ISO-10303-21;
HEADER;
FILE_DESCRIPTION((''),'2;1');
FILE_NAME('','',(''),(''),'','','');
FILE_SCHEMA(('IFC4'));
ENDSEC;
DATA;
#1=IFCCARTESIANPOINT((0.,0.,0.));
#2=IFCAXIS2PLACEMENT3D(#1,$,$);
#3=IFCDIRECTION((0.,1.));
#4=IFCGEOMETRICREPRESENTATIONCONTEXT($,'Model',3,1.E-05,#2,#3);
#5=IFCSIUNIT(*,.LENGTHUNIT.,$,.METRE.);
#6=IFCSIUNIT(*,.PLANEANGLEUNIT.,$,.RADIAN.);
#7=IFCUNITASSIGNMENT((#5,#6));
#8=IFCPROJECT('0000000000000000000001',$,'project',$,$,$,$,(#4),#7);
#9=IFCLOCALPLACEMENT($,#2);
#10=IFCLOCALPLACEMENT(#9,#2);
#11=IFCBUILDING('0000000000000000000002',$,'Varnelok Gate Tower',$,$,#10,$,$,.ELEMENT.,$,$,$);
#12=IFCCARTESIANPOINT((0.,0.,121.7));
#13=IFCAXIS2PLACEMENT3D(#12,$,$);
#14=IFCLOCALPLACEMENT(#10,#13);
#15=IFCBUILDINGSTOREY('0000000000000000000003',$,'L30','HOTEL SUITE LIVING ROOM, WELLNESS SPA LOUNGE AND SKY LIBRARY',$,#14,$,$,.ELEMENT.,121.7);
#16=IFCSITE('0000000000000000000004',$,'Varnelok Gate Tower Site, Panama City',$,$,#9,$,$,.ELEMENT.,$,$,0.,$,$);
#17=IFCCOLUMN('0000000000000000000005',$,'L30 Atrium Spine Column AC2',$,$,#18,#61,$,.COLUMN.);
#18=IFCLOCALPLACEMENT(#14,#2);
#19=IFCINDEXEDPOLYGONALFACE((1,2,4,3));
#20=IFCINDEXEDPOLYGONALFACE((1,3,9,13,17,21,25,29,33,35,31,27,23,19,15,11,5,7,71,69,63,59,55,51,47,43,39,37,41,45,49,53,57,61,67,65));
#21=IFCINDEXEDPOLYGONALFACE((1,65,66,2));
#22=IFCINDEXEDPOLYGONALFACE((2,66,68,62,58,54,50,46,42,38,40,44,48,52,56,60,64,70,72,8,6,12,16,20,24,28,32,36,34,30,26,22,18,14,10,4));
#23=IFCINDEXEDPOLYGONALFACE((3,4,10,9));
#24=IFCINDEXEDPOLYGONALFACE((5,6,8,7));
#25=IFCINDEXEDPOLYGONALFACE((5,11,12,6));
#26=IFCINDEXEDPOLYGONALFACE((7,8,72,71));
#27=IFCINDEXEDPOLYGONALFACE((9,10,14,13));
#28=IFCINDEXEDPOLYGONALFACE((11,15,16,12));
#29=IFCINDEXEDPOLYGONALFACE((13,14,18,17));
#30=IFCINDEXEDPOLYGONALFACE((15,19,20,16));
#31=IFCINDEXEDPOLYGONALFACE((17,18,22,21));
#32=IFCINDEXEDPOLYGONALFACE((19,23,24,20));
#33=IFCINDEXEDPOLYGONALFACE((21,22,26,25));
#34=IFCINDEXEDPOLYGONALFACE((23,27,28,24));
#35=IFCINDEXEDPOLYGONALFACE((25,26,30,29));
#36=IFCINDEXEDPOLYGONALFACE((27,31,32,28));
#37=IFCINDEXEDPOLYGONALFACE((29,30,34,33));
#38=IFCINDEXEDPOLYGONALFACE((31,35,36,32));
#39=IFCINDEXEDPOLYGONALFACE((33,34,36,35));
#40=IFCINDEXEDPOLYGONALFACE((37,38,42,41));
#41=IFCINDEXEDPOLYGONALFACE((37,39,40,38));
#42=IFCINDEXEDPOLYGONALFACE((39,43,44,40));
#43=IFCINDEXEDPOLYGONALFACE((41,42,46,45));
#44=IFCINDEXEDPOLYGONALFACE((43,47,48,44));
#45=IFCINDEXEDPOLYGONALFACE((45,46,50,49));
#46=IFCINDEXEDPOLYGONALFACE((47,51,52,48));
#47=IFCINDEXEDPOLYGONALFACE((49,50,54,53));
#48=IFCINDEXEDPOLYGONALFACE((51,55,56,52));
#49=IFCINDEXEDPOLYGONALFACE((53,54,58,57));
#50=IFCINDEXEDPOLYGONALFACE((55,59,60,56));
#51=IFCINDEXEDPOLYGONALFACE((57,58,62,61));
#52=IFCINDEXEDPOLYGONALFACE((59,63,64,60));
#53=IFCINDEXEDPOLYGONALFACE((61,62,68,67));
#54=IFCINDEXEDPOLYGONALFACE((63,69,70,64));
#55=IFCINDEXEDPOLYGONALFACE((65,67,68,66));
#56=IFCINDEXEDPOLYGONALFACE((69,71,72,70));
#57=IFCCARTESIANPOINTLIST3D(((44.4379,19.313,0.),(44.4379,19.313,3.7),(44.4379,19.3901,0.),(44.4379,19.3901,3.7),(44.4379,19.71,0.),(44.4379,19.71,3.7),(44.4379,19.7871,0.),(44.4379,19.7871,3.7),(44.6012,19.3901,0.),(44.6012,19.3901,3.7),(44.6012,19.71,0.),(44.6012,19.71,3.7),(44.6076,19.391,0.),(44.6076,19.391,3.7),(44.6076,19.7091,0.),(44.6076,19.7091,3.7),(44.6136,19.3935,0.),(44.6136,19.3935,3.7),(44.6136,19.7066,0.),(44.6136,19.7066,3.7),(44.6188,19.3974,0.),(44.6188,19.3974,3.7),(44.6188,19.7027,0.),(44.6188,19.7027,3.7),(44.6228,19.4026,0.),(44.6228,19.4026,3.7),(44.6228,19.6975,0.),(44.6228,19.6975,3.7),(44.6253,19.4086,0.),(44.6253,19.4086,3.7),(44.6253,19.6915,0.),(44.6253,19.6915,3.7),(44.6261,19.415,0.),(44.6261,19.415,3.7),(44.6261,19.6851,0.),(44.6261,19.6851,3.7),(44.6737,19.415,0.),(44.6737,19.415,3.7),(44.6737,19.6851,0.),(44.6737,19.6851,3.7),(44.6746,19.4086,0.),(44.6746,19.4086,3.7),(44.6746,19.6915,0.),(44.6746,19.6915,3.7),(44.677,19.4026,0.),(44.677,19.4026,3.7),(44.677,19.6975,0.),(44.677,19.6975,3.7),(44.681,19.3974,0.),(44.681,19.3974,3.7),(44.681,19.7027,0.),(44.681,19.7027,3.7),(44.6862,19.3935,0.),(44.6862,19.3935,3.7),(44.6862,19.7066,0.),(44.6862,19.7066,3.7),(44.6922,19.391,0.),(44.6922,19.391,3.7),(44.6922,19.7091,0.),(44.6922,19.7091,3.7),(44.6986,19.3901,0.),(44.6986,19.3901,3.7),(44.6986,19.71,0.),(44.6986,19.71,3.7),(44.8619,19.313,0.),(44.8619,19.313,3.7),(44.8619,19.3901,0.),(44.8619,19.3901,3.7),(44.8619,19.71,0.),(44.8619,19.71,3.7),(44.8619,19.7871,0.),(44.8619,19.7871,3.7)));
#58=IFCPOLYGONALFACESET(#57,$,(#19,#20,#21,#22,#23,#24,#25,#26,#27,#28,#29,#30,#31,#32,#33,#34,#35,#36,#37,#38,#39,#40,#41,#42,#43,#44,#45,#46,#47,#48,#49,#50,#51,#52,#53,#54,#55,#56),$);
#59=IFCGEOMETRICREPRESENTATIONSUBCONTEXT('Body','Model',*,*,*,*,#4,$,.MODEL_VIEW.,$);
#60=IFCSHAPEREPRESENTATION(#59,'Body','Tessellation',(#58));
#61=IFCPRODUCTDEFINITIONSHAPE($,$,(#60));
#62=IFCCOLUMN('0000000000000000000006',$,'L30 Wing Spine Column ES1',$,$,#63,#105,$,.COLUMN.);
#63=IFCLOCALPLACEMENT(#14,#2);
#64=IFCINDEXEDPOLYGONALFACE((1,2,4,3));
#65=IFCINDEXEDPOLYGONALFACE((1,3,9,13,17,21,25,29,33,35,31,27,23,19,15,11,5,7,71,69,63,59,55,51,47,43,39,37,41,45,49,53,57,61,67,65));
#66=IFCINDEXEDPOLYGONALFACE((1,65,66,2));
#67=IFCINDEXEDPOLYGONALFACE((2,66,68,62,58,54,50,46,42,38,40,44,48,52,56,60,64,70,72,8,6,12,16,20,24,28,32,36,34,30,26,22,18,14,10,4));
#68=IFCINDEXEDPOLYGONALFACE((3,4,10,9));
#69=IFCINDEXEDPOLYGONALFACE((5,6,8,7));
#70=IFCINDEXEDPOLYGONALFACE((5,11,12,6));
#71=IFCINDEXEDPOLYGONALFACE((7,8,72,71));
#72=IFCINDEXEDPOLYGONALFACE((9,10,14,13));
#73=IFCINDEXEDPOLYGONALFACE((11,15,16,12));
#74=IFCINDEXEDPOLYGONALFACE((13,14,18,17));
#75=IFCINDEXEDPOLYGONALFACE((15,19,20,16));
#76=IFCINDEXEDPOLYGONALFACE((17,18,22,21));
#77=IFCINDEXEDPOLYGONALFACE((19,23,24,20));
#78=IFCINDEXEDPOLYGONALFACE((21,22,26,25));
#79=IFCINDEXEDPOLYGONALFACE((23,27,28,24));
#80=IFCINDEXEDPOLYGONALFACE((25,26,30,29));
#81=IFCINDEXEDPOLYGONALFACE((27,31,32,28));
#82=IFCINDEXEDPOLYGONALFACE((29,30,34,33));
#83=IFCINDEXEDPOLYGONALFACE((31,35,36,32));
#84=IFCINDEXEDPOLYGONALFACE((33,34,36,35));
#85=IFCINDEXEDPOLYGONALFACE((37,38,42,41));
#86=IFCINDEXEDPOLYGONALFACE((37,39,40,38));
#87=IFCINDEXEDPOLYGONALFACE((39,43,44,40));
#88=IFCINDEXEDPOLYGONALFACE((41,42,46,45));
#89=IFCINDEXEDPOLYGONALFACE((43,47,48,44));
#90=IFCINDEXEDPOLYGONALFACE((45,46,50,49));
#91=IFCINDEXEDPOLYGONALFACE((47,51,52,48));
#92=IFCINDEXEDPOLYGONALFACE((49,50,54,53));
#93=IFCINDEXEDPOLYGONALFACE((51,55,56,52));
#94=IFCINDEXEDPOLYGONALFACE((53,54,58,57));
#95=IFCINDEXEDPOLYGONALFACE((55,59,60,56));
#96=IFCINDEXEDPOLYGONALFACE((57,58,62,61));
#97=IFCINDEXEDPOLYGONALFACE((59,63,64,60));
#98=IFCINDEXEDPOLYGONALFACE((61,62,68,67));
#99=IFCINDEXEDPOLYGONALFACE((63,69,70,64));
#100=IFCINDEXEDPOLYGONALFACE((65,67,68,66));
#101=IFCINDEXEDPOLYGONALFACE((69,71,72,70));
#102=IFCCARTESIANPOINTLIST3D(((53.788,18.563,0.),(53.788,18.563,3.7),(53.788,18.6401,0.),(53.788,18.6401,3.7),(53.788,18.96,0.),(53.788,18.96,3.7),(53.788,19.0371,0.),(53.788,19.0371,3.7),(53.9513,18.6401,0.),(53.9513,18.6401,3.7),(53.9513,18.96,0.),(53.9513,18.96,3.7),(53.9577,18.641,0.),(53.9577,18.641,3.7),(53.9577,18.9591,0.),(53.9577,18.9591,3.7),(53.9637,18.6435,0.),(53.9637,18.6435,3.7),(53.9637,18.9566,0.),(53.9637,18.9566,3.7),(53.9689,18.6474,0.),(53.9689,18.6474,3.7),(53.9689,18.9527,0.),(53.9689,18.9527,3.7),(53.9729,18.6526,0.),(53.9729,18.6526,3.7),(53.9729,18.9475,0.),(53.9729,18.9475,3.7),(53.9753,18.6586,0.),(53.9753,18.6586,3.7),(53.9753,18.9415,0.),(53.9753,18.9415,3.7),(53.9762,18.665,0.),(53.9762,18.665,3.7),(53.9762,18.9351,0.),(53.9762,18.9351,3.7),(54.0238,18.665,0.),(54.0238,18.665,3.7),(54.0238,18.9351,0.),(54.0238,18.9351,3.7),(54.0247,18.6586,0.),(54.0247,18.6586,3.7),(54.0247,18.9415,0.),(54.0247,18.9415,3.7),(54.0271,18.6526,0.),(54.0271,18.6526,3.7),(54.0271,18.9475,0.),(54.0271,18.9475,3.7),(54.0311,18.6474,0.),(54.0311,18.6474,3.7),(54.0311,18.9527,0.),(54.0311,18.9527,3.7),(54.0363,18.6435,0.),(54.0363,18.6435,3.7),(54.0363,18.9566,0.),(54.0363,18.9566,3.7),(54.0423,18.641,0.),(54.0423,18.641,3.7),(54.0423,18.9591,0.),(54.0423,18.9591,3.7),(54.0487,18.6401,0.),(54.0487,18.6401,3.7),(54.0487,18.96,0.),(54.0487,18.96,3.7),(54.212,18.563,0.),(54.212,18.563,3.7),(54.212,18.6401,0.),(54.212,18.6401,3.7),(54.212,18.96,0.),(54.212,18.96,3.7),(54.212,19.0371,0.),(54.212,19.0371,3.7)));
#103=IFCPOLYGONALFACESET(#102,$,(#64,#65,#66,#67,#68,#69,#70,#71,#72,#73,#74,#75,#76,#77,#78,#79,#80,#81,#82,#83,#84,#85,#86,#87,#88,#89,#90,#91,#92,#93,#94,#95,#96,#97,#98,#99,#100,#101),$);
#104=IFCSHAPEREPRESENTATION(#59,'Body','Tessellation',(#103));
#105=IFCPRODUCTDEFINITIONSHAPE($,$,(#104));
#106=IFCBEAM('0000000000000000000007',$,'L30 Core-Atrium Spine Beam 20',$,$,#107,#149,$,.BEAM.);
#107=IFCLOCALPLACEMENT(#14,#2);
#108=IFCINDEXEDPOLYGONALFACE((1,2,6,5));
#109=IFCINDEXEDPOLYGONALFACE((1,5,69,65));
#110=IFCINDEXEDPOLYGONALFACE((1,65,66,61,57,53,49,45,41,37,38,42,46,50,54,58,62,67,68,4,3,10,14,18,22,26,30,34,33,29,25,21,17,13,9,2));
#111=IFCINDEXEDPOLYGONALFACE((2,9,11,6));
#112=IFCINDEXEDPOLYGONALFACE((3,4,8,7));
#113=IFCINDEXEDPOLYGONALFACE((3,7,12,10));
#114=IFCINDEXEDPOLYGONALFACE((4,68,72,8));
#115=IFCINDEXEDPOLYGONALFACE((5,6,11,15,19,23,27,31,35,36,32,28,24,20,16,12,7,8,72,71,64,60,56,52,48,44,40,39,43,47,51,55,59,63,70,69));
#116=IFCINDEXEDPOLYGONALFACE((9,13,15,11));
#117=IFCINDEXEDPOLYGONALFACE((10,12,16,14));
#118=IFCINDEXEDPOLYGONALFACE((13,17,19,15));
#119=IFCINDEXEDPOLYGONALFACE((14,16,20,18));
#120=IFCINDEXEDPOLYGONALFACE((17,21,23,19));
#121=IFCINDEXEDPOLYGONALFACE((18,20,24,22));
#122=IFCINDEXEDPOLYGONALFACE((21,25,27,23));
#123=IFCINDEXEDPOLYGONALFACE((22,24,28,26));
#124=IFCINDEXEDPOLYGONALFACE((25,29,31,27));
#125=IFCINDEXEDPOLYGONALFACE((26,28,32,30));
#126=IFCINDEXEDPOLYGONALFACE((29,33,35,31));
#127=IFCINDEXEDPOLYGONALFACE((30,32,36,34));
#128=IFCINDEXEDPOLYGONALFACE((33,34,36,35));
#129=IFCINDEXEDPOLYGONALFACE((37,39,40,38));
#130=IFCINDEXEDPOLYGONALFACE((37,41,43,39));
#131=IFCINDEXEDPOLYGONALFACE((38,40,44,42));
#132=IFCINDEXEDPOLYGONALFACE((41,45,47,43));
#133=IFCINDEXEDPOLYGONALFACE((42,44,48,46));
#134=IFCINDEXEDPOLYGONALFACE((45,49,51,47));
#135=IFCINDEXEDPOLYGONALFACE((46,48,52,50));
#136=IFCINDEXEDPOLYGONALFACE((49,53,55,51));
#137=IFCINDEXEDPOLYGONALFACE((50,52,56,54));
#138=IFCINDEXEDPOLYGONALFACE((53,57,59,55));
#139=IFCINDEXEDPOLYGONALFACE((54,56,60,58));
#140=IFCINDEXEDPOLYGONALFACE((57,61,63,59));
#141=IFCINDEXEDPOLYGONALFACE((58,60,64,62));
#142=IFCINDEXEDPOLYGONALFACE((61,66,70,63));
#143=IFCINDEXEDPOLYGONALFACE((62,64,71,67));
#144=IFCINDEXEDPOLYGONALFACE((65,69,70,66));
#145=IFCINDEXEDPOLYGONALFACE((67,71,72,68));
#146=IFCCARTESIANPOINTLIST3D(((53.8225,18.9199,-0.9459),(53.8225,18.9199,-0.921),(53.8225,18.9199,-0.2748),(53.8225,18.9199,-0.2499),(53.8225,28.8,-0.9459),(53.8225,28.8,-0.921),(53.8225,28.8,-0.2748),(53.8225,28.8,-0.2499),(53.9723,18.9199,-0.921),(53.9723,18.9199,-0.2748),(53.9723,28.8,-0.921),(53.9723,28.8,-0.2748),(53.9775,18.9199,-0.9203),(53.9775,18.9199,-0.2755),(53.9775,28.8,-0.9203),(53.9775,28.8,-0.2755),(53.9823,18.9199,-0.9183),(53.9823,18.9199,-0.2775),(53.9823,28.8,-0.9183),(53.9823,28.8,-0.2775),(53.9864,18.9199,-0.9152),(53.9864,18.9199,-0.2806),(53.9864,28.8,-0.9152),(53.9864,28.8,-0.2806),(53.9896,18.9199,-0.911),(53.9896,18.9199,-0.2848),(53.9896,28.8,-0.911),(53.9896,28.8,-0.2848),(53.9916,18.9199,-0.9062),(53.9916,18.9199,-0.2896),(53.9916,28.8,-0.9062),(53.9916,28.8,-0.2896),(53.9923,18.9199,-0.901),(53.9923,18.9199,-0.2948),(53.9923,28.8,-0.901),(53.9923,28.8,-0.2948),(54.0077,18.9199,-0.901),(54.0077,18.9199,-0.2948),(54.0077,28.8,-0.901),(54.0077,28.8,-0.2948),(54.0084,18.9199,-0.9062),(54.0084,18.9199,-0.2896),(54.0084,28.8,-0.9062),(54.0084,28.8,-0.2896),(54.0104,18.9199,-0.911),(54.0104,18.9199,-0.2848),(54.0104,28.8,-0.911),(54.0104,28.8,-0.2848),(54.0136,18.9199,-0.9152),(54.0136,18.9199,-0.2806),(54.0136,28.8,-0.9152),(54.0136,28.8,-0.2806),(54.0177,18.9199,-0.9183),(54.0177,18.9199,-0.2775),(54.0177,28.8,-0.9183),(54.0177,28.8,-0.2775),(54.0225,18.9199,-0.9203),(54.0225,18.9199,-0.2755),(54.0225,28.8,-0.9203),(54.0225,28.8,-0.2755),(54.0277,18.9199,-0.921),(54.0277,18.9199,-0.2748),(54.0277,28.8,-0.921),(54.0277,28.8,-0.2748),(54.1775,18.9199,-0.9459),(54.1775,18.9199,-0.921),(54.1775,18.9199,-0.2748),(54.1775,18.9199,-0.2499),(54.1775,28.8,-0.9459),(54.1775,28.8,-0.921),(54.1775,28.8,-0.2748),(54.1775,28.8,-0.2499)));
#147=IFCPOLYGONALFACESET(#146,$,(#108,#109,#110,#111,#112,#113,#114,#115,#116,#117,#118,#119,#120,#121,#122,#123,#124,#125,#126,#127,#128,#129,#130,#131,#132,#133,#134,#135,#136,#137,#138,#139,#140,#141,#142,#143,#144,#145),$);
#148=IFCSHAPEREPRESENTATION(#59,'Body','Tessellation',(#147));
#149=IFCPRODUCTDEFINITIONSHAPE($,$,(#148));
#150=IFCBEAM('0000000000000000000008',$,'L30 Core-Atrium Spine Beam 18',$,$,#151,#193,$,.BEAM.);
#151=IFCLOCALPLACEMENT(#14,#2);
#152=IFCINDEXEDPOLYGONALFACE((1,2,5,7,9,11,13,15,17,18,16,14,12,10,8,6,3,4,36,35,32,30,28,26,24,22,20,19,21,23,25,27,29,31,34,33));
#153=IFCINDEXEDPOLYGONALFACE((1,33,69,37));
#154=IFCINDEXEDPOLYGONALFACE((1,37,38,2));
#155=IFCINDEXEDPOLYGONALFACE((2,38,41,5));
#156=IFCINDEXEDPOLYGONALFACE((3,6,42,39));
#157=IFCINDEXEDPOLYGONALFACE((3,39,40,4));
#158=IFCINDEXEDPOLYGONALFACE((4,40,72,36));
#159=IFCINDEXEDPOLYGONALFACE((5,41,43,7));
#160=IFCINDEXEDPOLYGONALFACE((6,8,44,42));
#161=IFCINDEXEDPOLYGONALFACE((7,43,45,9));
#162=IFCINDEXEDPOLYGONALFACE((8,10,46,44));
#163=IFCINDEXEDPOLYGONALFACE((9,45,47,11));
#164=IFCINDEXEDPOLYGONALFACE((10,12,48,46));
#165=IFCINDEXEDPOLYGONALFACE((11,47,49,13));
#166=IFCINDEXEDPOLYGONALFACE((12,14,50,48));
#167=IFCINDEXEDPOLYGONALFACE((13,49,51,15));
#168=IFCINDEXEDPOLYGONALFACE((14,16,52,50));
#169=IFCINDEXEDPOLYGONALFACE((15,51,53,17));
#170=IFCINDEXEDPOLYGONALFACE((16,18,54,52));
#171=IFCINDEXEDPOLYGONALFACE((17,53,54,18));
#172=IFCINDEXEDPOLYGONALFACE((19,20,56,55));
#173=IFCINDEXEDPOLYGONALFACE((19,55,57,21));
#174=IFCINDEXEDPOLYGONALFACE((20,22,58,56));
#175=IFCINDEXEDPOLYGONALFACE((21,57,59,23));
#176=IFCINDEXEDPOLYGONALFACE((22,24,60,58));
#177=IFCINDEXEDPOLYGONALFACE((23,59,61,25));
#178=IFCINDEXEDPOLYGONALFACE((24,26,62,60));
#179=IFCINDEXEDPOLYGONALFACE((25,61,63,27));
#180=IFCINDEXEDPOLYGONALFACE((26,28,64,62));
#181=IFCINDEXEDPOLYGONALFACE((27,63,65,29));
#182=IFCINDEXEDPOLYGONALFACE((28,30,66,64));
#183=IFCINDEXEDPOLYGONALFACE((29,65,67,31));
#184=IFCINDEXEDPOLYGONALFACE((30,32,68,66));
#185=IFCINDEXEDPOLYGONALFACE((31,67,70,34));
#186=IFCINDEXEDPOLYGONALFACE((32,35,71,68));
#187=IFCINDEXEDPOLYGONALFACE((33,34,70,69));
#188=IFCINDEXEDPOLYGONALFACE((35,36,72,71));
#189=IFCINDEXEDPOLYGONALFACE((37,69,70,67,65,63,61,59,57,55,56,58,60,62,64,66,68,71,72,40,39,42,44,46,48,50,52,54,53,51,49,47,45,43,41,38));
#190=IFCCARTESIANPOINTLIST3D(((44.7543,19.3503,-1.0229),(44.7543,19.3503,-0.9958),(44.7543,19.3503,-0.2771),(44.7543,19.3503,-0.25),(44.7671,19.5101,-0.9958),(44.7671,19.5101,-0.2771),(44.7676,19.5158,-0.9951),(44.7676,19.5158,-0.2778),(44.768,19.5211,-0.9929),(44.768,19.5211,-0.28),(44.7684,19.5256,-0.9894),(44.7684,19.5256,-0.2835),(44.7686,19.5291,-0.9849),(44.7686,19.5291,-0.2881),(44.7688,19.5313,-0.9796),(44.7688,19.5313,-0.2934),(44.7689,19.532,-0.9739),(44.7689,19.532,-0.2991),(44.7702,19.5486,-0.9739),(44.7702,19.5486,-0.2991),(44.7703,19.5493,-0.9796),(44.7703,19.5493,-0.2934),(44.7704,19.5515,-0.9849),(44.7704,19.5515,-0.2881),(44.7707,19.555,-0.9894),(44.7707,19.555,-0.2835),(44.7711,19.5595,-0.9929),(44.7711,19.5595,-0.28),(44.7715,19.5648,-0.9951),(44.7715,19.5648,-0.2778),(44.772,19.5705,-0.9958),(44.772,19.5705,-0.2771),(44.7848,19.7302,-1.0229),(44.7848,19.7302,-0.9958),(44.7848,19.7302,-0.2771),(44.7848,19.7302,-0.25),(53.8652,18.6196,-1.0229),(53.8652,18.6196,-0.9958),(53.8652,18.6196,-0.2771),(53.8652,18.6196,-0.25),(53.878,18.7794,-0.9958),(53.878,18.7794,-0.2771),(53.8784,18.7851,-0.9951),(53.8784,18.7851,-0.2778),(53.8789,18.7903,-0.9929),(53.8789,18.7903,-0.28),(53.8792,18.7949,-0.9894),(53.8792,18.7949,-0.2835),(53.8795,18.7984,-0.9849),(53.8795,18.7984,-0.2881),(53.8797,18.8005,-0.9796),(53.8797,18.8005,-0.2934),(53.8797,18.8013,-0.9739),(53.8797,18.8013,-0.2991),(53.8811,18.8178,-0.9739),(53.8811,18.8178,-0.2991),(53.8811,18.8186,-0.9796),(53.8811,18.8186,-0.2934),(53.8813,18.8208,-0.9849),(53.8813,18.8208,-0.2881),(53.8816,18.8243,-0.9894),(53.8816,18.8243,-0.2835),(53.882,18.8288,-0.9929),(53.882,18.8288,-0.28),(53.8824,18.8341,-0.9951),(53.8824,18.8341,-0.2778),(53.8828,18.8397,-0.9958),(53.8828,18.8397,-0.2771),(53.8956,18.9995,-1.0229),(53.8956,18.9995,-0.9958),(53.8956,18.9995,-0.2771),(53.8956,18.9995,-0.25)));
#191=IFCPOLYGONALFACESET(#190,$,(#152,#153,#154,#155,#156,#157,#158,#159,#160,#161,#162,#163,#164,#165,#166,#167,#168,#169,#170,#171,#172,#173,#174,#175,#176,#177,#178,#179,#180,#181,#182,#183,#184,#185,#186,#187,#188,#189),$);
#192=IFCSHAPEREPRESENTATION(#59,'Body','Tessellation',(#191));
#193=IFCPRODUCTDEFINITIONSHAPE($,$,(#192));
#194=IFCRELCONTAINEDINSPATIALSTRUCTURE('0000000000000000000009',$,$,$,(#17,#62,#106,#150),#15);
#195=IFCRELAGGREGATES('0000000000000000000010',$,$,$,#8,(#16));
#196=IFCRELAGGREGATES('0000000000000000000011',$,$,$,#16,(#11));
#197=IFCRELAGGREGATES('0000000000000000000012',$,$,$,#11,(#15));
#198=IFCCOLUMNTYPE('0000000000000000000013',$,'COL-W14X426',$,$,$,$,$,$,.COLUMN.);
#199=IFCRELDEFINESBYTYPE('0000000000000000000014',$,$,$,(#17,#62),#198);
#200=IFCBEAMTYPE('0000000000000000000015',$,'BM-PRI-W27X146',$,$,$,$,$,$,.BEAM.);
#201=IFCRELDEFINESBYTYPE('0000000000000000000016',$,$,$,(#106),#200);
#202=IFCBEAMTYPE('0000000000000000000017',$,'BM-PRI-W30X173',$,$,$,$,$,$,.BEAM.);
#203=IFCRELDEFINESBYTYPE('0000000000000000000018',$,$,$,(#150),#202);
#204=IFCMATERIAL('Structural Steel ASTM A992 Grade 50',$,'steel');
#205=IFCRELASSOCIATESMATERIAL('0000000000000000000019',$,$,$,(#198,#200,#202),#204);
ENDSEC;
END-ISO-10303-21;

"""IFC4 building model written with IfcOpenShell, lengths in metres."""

from ifc_helpers import new_model, si_unit, direction, frame, origin, origin_2d, place, context, subcontext, project, spatial, i_section, extrude, material, material_profile, profile_set, type_object, element, save


model = new_model("IFC4")

# Units and contexts
model_context = context("Model", 3, precision=1e-05, world=origin(), true_north=direction((0.0, 1.0)))
body_context = subcontext(model_context, "Body", "Model", "MODEL_VIEW")
ifc_project = project(units=[si_unit("LENGTHUNIT", "METRE"), si_unit("PLANEANGLEUNIT", "RADIAN")], contexts=[model_context])

# Site, building, storey
site_placement = place(None, origin())
site = spatial("IfcSite", under=ifc_project, at=site_placement, Name="Varnelok Gate Tower Site, Panama City", CompositionType="ELEMENT", RefElevation=0.0)
building_placement = place(site_placement, origin())
building = spatial("IfcBuilding", under=site, at=building_placement, Name="Varnelok Gate Tower", CompositionType="ELEMENT")
storey_placement = place(building_placement, frame((0.0, 0.0, 121.7)))
storey = spatial("IfcBuildingStorey", under=building, at=storey_placement, Name="L30", Description="HOTEL SUITE LIVING ROOM, WELLNESS SPA LOUNGE AND SKY LIBRARY", CompositionType="ELEMENT", Elevation=121.7)

# Columns
ifc_material_1 = material(Name="Structural Steel ASTM A992 Grade 50", Category="steel")
ifc_material_profile_1 = material_profile(ifc_material_1, i_section(OverallWidth=0.4241, OverallDepth=0.4741, WebThickness=0.0476, FlangeThickness=0.0771, FilletRadius=0.0249, at=origin_2d()), Name="W14X426")
ifc_profile_set_1 = profile_set([ifc_material_profile_1], Name="Structural Steel ASTM A992 Grade 50")
column_type = type_object("IfcColumnType", Name="COL-W14X426", PredefinedType="COLUMN", material=ifc_profile_set_1)
for number, where, z_axis, x_axis, name in (
    (1, (44.6499, 19.55, 0.0), (0.0, 0.0, 1.0), (1.0, 0.0, 0.0), "L30 Atrium Spine Column AC2"),
    (2, (54.0, 18.8, 0.0), (0.0, 0.0, 1.0), (1.0, 0.0, 0.0), "L30 Wing Spine Column ES1"),
):
    element("IfcColumn", number, at=place(storey_placement, frame(where, z_axis=z_axis, x_axis=x_axis)), inside=storey, type_object=column_type, Name=name, PredefinedType="COLUMN", context=body_context, shape_type="SweptSolid", body=[
        extrude(i_section(OverallWidth=0.4241, OverallDepth=0.4741, WebThickness=0.0476, FlangeThickness=0.0771, FilletRadius=0.0249, at=origin_2d()), origin(), (0.0, 0.0, 1.0), 3.7),
    ])

# Beams
ifc_material_profile_2 = material_profile(ifc_material_1, i_section(OverallWidth=0.355, OverallDepth=0.696, WebThickness=0.0154, FlangeThickness=0.0249, FilletRadius=0.02, at=origin_2d()), Name="W27X146")
ifc_profile_set_2 = profile_set([ifc_material_profile_2], Name="Structural Steel ASTM A992 Grade 50")
beam_type_1 = type_object("IfcBeamType", Name="BM-PRI-W27X146", PredefinedType="BEAM", material=ifc_profile_set_2)
beam_1_placement = place(storey_placement, frame((54.0, 18.9199, -0.5979), z_axis=(0.0, 1.0, 0.0), x_axis=(-1.0, 0.0, 0.0)))
element("IfcBeam", 3, at=beam_1_placement, inside=storey, type_object=beam_type_1, Name="L30 Core-Atrium Spine Beam 20", PredefinedType="BEAM", context=body_context, shape_type="SweptSolid", body=[
    extrude(i_section(OverallWidth=0.355, OverallDepth=0.696, WebThickness=0.0154, FlangeThickness=0.0249, FilletRadius=0.02, at=origin_2d()), origin(), (0.0, 0.0, 1.0), 9.8801),
])
ifc_material_profile_3 = material_profile(ifc_material_1, i_section(OverallWidth=0.3811, OverallDepth=0.7729, WebThickness=0.0166, FlangeThickness=0.0271, FilletRadius=0.022, at=origin_2d()), Name="W30X173")
ifc_profile_set_3 = profile_set([ifc_material_profile_3], Name="Structural Steel ASTM A992 Grade 50")
beam_type_2 = type_object("IfcBeamType", Name="BM-PRI-W30X173", PredefinedType="BEAM", material=ifc_profile_set_3)
beam_2_placement = place(storey_placement, frame((44.7695, 19.5403, -0.6365), z_axis=(0.996799, -0.079946, 0.0), x_axis=(0.079946, 0.996799, 0.0)))
element("IfcBeam", 4, at=beam_2_placement, inside=storey, type_object=beam_type_2, Name="L30 Core-Atrium Spine Beam 18", PredefinedType="BEAM", context=body_context, shape_type="SweptSolid", body=[
    extrude(i_section(OverallWidth=0.3811, OverallDepth=0.7729, WebThickness=0.0166, FlangeThickness=0.0271, FilletRadius=0.022, at=origin_2d()), origin(), (0.0, 0.0, 1.0), 9.1401),
])

save(model, "model.ifc")
